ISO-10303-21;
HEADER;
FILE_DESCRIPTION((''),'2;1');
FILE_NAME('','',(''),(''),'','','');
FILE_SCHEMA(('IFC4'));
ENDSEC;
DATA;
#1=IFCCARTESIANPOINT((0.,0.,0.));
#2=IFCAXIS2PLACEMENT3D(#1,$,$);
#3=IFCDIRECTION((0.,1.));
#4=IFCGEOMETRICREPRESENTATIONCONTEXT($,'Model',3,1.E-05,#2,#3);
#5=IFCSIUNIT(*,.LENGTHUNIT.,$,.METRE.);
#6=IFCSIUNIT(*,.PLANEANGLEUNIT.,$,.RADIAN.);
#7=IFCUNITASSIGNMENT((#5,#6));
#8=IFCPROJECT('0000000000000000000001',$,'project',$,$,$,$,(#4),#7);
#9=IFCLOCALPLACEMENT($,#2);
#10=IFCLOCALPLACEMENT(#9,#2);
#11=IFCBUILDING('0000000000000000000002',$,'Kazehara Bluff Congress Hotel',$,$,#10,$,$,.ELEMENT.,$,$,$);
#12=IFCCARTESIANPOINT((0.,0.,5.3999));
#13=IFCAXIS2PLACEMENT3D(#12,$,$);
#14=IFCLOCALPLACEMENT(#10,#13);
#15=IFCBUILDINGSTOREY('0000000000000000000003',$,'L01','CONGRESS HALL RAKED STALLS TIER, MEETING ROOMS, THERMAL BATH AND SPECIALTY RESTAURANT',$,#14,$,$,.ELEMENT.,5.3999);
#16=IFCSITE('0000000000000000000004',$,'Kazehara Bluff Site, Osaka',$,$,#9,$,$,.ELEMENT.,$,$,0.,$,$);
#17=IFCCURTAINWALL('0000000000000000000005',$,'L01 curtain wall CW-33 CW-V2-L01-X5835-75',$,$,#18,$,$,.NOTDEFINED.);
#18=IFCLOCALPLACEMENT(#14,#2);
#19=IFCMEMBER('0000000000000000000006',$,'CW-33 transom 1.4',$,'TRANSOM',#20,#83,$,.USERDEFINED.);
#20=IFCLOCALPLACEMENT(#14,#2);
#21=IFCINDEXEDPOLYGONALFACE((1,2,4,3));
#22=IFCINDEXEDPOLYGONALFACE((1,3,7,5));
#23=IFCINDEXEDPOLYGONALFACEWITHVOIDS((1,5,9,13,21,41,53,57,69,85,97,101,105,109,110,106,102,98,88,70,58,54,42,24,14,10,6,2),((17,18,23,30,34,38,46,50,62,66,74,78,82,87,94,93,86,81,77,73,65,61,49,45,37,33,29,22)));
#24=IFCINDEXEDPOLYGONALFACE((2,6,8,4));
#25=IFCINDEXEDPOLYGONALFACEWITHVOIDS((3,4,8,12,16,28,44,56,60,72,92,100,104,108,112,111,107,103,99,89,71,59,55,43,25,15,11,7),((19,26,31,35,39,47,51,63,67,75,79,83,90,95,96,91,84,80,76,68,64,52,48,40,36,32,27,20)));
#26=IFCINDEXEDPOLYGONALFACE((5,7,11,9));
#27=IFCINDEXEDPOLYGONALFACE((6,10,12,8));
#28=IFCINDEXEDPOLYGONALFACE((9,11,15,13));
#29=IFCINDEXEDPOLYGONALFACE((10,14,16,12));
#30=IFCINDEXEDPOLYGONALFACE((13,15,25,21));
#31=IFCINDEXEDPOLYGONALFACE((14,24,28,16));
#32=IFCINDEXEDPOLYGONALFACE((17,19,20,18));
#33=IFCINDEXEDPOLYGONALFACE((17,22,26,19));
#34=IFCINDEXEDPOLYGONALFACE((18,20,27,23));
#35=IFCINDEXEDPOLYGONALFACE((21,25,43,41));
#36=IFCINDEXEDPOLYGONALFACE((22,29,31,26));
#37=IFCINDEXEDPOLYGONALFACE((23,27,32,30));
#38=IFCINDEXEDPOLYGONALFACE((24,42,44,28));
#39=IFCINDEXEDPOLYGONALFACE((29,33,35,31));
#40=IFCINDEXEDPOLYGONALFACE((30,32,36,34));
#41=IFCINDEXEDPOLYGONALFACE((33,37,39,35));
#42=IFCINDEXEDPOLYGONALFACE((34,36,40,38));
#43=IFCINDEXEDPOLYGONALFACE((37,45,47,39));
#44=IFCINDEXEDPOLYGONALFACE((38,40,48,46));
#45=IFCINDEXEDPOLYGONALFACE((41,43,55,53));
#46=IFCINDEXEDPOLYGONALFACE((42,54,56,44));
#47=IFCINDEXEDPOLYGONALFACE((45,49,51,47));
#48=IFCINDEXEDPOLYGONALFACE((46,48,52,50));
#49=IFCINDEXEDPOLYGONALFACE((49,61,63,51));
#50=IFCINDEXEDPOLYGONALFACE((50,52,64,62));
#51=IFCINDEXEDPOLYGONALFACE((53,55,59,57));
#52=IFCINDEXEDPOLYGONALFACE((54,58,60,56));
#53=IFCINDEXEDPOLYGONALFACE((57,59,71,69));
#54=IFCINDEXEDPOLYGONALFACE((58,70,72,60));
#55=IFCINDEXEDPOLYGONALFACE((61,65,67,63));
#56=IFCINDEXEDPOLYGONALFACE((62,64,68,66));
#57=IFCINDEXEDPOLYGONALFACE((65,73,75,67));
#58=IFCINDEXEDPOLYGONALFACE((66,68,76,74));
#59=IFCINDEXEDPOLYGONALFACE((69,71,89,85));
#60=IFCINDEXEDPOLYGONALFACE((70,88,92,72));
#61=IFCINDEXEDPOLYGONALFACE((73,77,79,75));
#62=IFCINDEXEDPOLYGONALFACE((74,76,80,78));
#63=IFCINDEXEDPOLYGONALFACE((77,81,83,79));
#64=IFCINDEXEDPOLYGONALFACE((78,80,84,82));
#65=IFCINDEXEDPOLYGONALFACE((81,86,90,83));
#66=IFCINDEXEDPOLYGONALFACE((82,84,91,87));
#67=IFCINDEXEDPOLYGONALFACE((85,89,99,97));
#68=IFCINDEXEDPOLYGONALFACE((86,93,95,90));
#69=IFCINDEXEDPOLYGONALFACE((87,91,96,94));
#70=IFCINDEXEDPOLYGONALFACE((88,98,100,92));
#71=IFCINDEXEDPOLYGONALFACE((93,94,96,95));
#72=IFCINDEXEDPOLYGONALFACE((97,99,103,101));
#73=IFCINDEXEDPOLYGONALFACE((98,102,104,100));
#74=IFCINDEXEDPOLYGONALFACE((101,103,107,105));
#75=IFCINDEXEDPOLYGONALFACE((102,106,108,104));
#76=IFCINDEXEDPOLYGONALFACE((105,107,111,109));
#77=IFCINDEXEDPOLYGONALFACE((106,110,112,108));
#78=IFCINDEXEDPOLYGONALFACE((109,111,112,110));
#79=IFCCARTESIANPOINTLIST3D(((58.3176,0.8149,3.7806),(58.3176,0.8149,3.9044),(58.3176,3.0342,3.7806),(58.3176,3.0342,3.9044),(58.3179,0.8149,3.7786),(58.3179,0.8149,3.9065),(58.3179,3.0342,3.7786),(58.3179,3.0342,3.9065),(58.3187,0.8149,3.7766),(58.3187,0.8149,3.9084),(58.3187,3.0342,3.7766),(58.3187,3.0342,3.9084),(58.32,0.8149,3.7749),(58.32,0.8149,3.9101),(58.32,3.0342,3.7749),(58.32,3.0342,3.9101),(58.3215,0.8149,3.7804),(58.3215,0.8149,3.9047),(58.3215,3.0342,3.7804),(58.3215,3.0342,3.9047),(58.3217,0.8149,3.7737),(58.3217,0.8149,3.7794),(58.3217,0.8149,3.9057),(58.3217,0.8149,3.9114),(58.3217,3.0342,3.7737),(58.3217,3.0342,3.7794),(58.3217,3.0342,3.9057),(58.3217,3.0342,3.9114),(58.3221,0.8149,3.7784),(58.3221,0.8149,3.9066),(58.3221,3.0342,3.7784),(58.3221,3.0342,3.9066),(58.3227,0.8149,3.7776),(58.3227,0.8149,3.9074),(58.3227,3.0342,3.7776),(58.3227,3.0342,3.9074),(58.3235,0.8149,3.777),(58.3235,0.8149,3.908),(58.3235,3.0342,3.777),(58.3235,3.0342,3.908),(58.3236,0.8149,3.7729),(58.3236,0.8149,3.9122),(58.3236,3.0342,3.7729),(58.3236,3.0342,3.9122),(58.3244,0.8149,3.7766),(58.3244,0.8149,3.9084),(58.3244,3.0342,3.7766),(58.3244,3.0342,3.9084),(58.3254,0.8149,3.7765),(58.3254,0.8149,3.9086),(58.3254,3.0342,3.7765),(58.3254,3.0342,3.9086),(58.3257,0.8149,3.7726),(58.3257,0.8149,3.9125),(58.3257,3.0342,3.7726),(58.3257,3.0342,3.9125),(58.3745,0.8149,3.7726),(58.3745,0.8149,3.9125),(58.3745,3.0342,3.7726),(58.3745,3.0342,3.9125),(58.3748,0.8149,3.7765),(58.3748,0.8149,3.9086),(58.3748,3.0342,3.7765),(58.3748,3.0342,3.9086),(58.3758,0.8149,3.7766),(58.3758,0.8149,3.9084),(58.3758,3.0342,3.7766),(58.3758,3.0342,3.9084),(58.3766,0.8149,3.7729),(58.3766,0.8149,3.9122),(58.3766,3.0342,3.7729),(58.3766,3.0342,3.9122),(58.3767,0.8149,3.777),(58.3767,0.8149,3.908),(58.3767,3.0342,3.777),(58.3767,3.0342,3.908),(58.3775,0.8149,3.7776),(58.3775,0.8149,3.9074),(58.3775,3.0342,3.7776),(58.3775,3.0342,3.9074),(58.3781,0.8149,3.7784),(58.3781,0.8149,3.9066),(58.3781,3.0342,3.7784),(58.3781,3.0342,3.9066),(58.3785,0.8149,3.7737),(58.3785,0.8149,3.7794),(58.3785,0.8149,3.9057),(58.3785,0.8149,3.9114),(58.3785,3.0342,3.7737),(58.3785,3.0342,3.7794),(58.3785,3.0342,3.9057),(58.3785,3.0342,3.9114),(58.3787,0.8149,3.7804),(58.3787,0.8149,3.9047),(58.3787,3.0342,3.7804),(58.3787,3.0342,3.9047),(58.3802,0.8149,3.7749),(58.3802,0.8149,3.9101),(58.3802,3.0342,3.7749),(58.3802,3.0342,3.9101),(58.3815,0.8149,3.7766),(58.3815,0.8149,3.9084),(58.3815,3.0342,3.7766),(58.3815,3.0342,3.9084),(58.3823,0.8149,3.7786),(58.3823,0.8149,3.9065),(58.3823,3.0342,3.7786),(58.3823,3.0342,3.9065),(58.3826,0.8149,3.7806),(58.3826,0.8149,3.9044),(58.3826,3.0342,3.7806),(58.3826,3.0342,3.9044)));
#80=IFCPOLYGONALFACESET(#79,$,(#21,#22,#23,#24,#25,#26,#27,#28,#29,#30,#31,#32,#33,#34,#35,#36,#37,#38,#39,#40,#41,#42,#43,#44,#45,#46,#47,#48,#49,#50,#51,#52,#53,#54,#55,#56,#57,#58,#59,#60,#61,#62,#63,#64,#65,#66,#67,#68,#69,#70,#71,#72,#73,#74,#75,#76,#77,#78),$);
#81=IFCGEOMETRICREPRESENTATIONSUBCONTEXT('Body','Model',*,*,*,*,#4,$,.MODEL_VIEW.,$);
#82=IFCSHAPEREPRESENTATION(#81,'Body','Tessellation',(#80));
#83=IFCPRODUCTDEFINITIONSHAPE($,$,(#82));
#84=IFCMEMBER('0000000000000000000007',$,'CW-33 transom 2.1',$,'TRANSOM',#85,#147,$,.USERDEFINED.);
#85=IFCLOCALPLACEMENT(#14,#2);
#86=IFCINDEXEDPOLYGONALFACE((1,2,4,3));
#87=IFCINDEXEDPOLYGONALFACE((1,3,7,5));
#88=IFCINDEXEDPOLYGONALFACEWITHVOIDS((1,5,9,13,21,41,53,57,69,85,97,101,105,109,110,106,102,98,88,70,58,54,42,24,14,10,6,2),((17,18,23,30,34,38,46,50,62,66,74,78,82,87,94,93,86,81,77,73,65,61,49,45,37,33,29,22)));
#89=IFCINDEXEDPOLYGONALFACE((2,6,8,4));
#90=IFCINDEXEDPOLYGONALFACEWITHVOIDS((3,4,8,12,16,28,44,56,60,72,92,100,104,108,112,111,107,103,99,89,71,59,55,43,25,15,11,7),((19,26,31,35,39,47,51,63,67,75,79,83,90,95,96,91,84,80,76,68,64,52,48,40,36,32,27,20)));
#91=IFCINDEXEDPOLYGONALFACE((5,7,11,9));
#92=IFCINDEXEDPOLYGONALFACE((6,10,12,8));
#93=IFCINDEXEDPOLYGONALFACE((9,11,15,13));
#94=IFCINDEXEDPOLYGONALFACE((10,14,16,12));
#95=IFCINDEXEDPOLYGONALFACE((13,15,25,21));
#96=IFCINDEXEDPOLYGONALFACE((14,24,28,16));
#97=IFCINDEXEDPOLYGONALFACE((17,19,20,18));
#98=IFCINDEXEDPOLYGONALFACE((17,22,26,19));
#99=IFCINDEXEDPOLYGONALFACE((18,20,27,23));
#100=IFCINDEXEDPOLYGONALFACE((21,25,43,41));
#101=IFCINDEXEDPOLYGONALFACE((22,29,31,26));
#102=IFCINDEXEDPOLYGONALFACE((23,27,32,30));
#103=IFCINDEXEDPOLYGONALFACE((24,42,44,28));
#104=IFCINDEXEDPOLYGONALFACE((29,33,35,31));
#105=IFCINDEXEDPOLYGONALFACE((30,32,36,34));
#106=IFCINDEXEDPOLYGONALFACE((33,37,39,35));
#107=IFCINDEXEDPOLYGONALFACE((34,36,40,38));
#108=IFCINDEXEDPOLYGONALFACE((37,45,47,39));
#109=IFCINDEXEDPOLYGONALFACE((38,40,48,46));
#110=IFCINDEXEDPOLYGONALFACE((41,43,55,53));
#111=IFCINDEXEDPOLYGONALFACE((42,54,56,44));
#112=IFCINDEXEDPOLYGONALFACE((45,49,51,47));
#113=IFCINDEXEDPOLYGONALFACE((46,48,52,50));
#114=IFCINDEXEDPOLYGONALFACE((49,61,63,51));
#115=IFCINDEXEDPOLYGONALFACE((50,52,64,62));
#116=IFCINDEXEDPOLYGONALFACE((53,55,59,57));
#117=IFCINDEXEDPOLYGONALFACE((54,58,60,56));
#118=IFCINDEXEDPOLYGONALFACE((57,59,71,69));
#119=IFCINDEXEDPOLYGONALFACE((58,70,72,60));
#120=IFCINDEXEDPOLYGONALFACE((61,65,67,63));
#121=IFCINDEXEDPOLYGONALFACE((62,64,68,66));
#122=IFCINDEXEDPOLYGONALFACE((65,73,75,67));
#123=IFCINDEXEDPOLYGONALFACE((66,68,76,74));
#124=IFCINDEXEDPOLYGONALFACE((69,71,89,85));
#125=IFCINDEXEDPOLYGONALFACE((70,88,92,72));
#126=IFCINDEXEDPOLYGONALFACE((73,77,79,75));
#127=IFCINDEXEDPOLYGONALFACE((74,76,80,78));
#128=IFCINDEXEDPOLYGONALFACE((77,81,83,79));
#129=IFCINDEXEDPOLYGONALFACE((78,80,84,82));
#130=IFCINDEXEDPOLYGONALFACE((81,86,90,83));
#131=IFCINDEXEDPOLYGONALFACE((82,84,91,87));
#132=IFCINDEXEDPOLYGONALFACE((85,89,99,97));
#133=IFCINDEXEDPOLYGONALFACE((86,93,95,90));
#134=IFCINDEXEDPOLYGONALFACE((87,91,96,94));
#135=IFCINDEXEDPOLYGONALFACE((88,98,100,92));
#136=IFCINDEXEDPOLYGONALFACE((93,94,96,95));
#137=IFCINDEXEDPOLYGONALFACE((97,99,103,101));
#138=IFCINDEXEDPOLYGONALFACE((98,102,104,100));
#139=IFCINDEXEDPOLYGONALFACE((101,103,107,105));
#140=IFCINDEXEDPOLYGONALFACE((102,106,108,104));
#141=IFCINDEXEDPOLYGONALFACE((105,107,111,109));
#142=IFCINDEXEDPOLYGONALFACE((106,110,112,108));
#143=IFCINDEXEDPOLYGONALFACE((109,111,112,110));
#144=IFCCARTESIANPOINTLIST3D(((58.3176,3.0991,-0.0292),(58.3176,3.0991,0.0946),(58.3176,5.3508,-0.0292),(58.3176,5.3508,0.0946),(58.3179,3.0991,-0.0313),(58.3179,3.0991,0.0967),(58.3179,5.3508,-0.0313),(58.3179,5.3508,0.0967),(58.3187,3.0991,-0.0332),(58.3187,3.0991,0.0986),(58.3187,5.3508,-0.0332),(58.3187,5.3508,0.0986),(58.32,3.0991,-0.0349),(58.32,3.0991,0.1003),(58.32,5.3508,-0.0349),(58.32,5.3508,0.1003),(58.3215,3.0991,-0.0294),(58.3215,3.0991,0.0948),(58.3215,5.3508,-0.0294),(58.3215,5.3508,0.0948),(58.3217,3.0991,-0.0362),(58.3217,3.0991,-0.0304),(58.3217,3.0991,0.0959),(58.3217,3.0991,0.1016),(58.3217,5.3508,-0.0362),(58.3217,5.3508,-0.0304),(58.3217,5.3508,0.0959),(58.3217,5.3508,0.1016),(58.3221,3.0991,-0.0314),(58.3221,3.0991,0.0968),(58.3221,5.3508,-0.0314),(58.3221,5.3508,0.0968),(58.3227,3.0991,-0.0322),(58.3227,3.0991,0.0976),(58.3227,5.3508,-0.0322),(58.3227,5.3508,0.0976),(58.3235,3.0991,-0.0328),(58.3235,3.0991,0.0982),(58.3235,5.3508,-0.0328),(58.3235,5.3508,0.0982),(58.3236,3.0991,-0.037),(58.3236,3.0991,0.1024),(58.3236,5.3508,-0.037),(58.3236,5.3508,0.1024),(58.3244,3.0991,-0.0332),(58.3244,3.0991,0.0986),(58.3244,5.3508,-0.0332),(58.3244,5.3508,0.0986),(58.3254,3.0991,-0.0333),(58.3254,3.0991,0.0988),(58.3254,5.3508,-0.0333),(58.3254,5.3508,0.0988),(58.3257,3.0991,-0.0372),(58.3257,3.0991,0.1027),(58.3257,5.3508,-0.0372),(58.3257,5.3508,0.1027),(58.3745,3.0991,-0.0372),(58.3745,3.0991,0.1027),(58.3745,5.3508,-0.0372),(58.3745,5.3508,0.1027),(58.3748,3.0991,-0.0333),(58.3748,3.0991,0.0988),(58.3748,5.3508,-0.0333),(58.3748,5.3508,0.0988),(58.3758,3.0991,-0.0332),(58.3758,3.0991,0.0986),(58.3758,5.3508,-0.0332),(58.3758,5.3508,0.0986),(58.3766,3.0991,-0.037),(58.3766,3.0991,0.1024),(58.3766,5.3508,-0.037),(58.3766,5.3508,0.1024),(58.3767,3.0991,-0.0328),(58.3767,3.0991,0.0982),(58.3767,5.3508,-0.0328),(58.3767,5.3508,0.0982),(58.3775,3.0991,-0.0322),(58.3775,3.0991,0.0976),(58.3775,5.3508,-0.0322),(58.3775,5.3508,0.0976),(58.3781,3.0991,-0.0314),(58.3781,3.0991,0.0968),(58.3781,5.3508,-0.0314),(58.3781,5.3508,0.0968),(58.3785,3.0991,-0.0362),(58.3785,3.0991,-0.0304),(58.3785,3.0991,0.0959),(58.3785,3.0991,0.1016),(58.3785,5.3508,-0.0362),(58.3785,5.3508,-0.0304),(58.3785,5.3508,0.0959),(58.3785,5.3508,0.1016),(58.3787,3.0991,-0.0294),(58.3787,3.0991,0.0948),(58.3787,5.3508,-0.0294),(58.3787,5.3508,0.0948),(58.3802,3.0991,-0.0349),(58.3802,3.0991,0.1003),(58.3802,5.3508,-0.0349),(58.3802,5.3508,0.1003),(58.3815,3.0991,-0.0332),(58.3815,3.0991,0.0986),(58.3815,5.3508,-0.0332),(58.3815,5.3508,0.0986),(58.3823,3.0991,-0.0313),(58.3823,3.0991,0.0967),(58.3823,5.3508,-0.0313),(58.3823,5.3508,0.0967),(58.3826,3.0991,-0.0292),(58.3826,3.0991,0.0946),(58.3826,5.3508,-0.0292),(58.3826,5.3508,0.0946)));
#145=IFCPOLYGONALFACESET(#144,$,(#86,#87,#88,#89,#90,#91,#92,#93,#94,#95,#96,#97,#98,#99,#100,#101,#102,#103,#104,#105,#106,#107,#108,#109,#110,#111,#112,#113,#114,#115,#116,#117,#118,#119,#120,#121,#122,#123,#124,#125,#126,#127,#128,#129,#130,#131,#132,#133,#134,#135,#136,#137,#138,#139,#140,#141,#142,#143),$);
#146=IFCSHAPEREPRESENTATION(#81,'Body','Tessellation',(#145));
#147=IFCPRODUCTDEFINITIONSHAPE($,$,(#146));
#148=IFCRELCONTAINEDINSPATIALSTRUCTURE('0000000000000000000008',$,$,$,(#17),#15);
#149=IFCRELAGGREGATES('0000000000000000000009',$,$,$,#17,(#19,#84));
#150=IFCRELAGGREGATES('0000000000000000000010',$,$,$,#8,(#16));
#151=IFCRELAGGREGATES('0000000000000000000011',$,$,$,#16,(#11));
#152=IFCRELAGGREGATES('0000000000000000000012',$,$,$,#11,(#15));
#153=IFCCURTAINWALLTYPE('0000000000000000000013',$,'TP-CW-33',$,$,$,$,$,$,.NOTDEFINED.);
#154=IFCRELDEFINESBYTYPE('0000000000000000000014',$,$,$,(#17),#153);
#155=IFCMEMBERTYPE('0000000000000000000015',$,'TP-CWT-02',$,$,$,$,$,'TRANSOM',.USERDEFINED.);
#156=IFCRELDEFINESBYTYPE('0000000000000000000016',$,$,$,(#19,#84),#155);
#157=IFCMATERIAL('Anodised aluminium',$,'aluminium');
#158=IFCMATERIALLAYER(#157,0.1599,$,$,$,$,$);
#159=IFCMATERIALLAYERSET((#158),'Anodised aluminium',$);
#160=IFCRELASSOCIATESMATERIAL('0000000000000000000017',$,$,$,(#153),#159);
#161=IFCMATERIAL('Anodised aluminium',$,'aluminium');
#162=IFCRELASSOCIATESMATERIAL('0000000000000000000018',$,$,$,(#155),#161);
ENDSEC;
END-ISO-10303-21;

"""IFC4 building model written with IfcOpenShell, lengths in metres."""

from ifc_helpers import new_model, si_unit, direction, frame, origin, origin_2d, place, context, subcontext, project, spatial, hollow_rectangle, extrude, material, layer, layer_set, material_profile, profile_set, type_object, element, aggregate, save


model = new_model("IFC4")

# Units and contexts
model_context = context("Model", 3, precision=1e-05, world=origin(), true_north=direction((0.0, 1.0)))
body_context = subcontext(model_context, "Body", "Model", "MODEL_VIEW")
ifc_project = project(units=[si_unit("LENGTHUNIT", "METRE"), si_unit("PLANEANGLEUNIT", "RADIAN")], contexts=[model_context])

# Site, building, storey
site_placement = place(None, origin())
site = spatial("IfcSite", under=ifc_project, at=site_placement, Name="Kazehara Bluff Site, Osaka", CompositionType="ELEMENT", RefElevation=0.0)
building_placement = place(site_placement, origin())
building = spatial("IfcBuilding", under=site, at=building_placement, Name="Kazehara Bluff Congress Hotel", CompositionType="ELEMENT")
storey_placement = place(building_placement, frame((0.0, 0.0, 5.3999)))
storey = spatial("IfcBuildingStorey", under=building, at=storey_placement, Name="L01", Description="CONGRESS HALL RAKED STALLS TIER, MEETING ROOMS, THERMAL BATH AND SPECIALTY RESTAURANT", CompositionType="ELEMENT", Elevation=5.3999)

# Curtain wall
ifc_material_1 = material(Name="Anodised aluminium", Category="aluminium")
ifc_layer_1 = layer(ifc_material_1, 0.1599)
ifc_layer_set_1 = layer_set([ifc_layer_1], Name="Anodised aluminium")
curtain_wall_type_1 = type_object("IfcCurtainWallType", Name="TP-CW-33", PredefinedType="NOTDEFINED", material=ifc_layer_set_1)
curtain_wall_1_placement = place(storey_placement, origin())
curtain_wall_1 = element("IfcCurtainWall", 1, at=curtain_wall_1_placement, inside=storey, type_object=curtain_wall_type_1, Name="L01 curtain wall CW-33 CW-V2-L01-X5835-75", PredefinedType="NOTDEFINED")
ifc_material_2 = material(Name="Anodised aluminium", Category="aluminium")
ifc_material_profile_1 = material_profile(ifc_material_2, hollow_rectangle(XDim=0.0649, YDim=0.1399, WallThickness=0.0039, InnerFilletRadius=0.0039, OuterFilletRadius=0.0081, at=origin_2d()))
ifc_profile_set_1 = profile_set([ifc_material_profile_1], Name="Anodised aluminium")
member_type_1 = type_object("IfcMemberType", Name="TP-CWT-02", ElementType="TRANSOM", PredefinedType="USERDEFINED", material=ifc_profile_set_1)

# Members
member_1_placement = place(storey_placement, frame((58.3501, 0.8149, 3.8425), z_axis=(0.0, 1.0, 0.0), x_axis=(-1.0, 0.0, 0.0)))
member_1 = element("IfcMember", 2, at=member_1_placement, type_object=member_type_1, Name="CW-33 transom 1.4", ObjectType="TRANSOM", PredefinedType="USERDEFINED", context=body_context, shape_type="SweptSolid", body=[
    extrude(hollow_rectangle(XDim=0.0649, YDim=0.1399, WallThickness=0.0039, InnerFilletRadius=0.0039, OuterFilletRadius=0.0081, at=origin_2d()), origin(), (0.0, 0.0, 1.0), 2.2192),
])
member_2_placement = place(storey_placement, frame((58.3501, 3.0991, 0.0327), z_axis=(0.0, 1.0, 0.0), x_axis=(-1.0, 0.0, 0.0)))
member_2 = element("IfcMember", 3, at=member_2_placement, type_object=member_type_1, Name="CW-33 transom 2.1", ObjectType="TRANSOM", PredefinedType="USERDEFINED", context=body_context, shape_type="SweptSolid", body=[
    extrude(hollow_rectangle(XDim=0.0649, YDim=0.1399, WallThickness=0.0039, InnerFilletRadius=0.0039, OuterFilletRadius=0.0081, at=origin_2d()), origin(), (0.0, 0.0, 1.0), 2.2517),
])

aggregate(curtain_wall_1, [member_1, member_2])

save(model, "model.ifc")
